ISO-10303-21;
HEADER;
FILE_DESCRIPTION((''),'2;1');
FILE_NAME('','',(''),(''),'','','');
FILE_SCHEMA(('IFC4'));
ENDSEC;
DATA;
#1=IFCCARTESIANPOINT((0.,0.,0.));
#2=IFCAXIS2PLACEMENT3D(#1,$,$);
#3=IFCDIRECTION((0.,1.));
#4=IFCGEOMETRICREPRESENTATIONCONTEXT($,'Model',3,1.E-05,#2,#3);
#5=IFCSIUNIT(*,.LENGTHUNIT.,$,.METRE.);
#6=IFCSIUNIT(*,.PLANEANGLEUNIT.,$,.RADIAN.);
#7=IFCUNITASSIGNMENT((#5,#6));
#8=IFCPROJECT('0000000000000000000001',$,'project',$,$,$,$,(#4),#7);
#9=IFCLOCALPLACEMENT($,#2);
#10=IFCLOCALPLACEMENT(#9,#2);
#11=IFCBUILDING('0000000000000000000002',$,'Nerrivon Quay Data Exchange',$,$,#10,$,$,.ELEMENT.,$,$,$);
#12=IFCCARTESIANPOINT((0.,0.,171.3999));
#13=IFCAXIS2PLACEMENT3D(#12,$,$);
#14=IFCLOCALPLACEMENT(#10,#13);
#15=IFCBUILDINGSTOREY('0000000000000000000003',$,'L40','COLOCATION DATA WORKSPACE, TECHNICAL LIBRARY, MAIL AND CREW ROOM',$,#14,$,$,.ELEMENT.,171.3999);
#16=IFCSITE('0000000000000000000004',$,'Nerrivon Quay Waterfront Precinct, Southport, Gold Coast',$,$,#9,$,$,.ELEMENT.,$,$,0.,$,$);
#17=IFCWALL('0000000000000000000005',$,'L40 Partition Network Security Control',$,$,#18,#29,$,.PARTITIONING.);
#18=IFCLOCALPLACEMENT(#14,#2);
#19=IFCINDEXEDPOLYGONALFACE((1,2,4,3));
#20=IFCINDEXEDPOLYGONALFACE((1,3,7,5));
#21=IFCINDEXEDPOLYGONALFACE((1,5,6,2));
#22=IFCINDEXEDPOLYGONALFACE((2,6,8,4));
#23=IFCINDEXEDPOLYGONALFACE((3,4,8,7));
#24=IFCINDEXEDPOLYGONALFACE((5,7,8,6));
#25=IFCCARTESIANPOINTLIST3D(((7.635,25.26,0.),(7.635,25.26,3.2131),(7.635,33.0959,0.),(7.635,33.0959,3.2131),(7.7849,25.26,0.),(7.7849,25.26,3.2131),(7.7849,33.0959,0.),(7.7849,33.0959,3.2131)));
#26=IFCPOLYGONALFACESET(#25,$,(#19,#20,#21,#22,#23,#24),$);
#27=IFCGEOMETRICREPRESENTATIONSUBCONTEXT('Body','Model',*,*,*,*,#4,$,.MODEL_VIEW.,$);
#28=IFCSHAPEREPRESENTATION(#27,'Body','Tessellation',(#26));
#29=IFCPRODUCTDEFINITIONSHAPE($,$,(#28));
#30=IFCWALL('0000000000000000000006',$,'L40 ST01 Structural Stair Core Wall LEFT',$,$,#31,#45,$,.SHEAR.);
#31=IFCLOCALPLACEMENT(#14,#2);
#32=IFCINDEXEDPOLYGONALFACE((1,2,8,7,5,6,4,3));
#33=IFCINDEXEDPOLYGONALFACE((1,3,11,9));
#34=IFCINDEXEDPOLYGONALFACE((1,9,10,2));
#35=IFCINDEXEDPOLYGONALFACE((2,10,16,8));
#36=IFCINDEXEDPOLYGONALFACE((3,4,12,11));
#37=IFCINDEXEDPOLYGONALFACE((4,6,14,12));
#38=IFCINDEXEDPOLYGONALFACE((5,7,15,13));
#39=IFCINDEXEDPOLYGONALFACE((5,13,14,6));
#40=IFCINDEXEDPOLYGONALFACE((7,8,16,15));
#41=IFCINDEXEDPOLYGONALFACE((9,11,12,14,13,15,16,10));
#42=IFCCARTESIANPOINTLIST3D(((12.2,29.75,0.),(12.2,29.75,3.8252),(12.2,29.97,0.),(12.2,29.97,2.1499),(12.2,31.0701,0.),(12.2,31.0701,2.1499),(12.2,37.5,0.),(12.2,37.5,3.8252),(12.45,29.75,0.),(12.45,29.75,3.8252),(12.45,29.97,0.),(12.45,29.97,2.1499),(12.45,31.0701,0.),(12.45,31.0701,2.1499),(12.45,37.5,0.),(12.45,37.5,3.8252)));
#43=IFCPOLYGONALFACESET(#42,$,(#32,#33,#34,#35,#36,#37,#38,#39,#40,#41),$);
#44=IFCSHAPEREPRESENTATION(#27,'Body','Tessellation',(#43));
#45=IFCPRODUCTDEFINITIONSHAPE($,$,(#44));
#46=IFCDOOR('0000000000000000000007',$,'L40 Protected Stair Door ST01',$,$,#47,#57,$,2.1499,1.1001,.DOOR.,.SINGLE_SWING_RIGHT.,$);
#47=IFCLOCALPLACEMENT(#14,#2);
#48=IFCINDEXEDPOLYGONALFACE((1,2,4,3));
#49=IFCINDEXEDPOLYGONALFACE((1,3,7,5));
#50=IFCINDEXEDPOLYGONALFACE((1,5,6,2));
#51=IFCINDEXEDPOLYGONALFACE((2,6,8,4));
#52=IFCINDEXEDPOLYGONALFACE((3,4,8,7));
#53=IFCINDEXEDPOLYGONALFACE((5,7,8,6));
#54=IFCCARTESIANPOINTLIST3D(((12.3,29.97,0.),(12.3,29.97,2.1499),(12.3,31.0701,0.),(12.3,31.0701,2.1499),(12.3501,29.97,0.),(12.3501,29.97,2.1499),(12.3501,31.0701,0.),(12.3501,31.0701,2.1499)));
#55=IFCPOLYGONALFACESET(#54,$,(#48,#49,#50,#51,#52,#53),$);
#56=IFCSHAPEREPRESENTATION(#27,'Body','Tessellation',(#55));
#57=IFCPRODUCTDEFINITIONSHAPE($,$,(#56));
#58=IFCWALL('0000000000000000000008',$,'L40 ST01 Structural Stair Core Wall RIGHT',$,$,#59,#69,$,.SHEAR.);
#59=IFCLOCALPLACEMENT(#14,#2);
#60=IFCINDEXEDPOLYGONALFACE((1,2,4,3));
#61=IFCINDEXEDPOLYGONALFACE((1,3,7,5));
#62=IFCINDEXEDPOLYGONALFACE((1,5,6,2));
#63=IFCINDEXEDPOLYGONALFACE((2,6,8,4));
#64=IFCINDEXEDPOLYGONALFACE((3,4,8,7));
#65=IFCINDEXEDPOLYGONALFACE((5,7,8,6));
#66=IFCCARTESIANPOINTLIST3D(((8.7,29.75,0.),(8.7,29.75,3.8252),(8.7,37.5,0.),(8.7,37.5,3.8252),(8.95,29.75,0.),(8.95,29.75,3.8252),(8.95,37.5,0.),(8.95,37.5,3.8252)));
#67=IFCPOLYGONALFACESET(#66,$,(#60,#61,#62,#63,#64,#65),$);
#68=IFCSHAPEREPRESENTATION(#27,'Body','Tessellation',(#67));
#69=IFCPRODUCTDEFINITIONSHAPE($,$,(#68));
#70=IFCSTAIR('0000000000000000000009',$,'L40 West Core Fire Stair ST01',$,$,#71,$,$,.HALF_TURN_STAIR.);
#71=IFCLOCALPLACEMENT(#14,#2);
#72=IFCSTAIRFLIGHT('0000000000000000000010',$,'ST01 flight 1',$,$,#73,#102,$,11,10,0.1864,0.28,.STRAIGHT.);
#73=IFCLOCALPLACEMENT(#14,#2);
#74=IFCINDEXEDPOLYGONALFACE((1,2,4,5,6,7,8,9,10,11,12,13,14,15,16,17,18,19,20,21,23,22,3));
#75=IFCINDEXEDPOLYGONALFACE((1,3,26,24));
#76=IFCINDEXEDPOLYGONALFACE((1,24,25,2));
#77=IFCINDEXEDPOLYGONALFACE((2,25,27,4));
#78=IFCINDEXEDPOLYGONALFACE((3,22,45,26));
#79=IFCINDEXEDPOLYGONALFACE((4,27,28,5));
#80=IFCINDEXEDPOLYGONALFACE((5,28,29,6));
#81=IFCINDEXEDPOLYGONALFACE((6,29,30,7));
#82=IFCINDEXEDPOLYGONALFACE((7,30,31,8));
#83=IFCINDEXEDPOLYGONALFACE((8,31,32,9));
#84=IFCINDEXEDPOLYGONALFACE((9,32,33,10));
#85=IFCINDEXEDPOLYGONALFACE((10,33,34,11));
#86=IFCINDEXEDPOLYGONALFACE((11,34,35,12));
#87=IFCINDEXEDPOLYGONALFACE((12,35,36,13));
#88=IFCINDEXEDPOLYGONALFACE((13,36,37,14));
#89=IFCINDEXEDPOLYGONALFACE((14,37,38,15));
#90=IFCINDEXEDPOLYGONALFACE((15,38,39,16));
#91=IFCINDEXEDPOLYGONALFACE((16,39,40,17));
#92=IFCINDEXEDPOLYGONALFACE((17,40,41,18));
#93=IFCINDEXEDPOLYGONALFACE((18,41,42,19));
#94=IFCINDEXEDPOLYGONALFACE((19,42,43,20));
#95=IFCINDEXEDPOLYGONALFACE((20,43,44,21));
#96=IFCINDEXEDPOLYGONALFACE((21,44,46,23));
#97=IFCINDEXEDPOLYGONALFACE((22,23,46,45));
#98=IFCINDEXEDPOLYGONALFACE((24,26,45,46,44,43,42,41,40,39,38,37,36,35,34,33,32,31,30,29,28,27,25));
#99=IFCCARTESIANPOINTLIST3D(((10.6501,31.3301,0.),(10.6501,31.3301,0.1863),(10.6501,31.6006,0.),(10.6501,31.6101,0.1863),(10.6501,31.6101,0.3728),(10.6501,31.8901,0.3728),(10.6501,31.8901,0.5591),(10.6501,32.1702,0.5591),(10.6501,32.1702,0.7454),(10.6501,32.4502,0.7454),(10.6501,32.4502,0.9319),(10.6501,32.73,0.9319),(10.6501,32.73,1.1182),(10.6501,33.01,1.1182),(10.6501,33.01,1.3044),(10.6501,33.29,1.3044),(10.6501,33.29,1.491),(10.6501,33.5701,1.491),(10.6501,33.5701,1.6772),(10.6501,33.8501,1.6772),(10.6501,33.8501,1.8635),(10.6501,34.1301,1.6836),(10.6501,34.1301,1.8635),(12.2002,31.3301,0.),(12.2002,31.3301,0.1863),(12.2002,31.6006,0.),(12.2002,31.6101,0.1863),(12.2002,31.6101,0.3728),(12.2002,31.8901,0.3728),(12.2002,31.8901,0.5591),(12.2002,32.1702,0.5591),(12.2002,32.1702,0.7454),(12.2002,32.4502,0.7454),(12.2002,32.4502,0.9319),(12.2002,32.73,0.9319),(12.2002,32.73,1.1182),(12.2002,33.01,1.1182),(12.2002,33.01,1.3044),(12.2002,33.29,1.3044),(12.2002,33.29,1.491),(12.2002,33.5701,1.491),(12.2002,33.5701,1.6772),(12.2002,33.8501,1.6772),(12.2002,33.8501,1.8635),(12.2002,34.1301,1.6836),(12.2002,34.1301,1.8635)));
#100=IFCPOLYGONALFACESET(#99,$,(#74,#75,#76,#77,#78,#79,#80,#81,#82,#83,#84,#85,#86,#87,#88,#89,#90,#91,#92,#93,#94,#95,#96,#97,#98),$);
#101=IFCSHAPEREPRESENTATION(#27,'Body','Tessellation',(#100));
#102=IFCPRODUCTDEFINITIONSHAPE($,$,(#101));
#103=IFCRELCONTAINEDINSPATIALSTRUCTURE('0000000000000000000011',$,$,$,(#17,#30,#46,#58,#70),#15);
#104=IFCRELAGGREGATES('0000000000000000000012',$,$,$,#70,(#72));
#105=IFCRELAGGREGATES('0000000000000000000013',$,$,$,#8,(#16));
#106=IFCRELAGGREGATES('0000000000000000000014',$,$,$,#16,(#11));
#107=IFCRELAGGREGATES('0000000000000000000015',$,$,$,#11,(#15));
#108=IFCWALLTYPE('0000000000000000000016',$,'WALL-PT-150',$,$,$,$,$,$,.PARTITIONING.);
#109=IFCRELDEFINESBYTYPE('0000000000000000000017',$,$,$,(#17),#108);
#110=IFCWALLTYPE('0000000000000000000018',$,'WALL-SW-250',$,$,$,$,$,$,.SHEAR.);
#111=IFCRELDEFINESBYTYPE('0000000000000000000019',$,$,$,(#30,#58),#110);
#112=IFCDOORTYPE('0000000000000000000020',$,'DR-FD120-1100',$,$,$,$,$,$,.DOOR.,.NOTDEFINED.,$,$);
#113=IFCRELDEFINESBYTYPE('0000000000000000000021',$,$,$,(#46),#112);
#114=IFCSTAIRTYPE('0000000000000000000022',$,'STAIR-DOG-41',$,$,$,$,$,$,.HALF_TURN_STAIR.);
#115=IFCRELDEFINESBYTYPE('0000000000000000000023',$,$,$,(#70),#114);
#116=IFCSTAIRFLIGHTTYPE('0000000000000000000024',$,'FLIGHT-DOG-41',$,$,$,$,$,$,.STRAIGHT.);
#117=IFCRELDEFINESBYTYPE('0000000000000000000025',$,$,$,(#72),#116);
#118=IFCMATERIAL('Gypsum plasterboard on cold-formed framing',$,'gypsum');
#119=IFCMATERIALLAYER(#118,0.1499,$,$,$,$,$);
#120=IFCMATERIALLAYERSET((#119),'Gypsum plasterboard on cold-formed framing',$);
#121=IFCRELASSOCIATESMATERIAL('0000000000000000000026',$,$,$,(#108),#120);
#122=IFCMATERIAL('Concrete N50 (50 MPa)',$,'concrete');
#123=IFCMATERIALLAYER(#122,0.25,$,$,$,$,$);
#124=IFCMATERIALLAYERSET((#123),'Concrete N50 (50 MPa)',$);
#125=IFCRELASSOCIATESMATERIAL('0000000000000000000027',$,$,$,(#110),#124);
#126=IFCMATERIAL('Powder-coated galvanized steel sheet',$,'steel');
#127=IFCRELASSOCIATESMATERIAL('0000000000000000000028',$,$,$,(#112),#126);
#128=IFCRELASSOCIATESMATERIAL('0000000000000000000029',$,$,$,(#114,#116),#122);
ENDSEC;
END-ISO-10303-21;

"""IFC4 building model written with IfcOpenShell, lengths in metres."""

from ifc_helpers import new_model, si_unit, direction, frame, frame_2d, origin, place, context, subcontext, project, spatial, polyline, rectangle, outline, extrude, material, layer, layer_set, type_object, element, fill, aggregate, save


model = new_model("IFC4")

# Units and contexts
model_context = context("Model", 3, precision=1e-05, world=origin(), true_north=direction((0.0, 1.0)))
body_context = subcontext(model_context, "Body", "Model", "MODEL_VIEW")
ifc_project = project(units=[si_unit("LENGTHUNIT", "METRE"), si_unit("PLANEANGLEUNIT", "RADIAN")], contexts=[model_context])

# Site, building, storey
site_placement = place(None, origin())
site = spatial("IfcSite", under=ifc_project, at=site_placement, Name="Nerrivon Quay Waterfront Precinct, Southport, Gold Coast", CompositionType="ELEMENT", RefElevation=0.0)
building_placement = place(site_placement, origin())
building = spatial("IfcBuilding", under=site, at=building_placement, Name="Nerrivon Quay Data Exchange", CompositionType="ELEMENT")
storey_placement = place(building_placement, frame((0.0, 0.0, 171.3999)))
storey = spatial("IfcBuildingStorey", under=building, at=storey_placement, Name="L40", Description="COLOCATION DATA WORKSPACE, TECHNICAL LIBRARY, MAIL AND CREW ROOM", CompositionType="ELEMENT", Elevation=171.3999)

# Shared definitions
ifc_material_1 = material(Name="Gypsum plasterboard on cold-formed framing", Category="gypsum")

# Wall
ifc_layer_1 = layer(ifc_material_1, 0.1499)
ifc_layer_set_1 = layer_set([ifc_layer_1], Name="Gypsum plasterboard on cold-formed framing")
wall_type_1 = type_object("IfcWallType", Name="WALL-PT-150", PredefinedType="PARTITIONING", material=ifc_layer_set_1)
wall_1_placement = place(storey_placement, frame((7.71, 33.0959, 0.0), z_axis=(0.0, 0.0, 1.0), x_axis=(0.0, -1.0, 0.0)))
element("IfcWall", 1, at=wall_1_placement, inside=storey, type_object=wall_type_1, Name="L40 Partition Network Security Control", PredefinedType="PARTITIONING", context=body_context, shape_type="SweptSolid", body=[
    extrude(rectangle(XDim=7.8359, YDim=0.1499, at=frame_2d((3.918, 0.0))), origin(), (0.0, 0.0, 1.0), 3.2131),
])

# Wall, opening, door
ifc_material_2 = material(Name="Concrete N50 (50 MPa)", Category="concrete")
ifc_layer_2 = layer(ifc_material_2, 0.25)
ifc_layer_set_2 = layer_set([ifc_layer_2], Name="Concrete N50 (50 MPa)")
wall_type_2 = type_object("IfcWallType", Name="WALL-SW-250", PredefinedType="SHEAR", material=ifc_layer_set_2)
wall_2_placement = place(storey_placement, frame((12.325, 29.75, 0.0), z_axis=(0.0, 0.0, 1.0), x_axis=(0.0, 1.0, 0.0)))
wall_2 = element("IfcWall", 2, at=wall_2_placement, inside=storey, type_object=wall_type_2, Name="L40 ST01 Structural Stair Core Wall LEFT", PredefinedType="SHEAR", context=body_context, shape_type="SweptSolid", body=[
    extrude(rectangle(XDim=7.75, YDim=0.25, at=frame_2d((3.875, 0.0))), origin(), (0.0, 0.0, 1.0), 3.8252),
])
opening_1_placement = place(wall_2_placement, frame((0.22, 0.0, 0.0)))
opening_1 = element("IfcOpeningElement", 3, at=opening_1_placement, cuts=wall_2, PredefinedType="OPENING", context=body_context, shape_type="SweptSolid", body=[
    extrude(rectangle(XDim=1.1001, YDim=2.1499, at=frame_2d((0.55, 1.075))), frame((0.0, 0.135, 0.0), z_axis=(0.0, -1.0, 0.0), x_axis=(1.0, 0.0, 0.0)), (0.0, 0.0, 1.0), 0.27),
])
ifc_material_3 = material(Name="Powder-coated galvanized steel sheet", Category="steel")
door_type_1 = type_object("IfcDoorType", Name="DR-FD120-1100", OperationType="NOTDEFINED", PredefinedType="DOOR", material=ifc_material_3)
door_1_placement = place(opening_1_placement, origin())
door_1 = element("IfcDoor", 4, at=door_1_placement, inside=storey, type_object=door_type_1, Name="L40 Protected Stair Door ST01", OperationType="SINGLE_SWING_RIGHT", OverallHeight=2.1499, OverallWidth=1.1001, PredefinedType="DOOR", context=body_context, shape_type="SweptSolid", body=[
    extrude(rectangle(XDim=1.1001, YDim=2.1499, at=frame_2d((0.55, 1.075))), frame((0.0, 0.0249, 0.0), z_axis=(0.0, -1.0, 0.0), x_axis=(1.0, 0.0, 0.0)), (0.0, 0.0, 1.0), 0.05),
])
fill(opening_1, door_1)

# Wall
wall_3_placement = place(storey_placement, frame((8.825, 29.75, 0.0), z_axis=(0.0, 0.0, 1.0), x_axis=(0.0, 1.0, 0.0)))
element("IfcWall", 5, at=wall_3_placement, inside=storey, type_object=wall_type_2, Name="L40 ST01 Structural Stair Core Wall RIGHT", PredefinedType="SHEAR", context=body_context, shape_type="SweptSolid", body=[
    extrude(rectangle(XDim=7.75, YDim=0.25, at=frame_2d((3.875, 0.0))), origin(), (0.0, 0.0, 1.0), 3.8252),
])

# Stair, stair flight
stair_type = type_object("IfcStairType", Name="STAIR-DOG-41", PredefinedType="HALF_TURN_STAIR", material=ifc_material_2)
stair_placement = place(storey_placement, origin())
stair = element("IfcStair", 6, at=stair_placement, inside=storey, type_object=stair_type, Name="L40 West Core Fire Stair ST01", PredefinedType="HALF_TURN_STAIR")
stair_flight_type = type_object("IfcStairFlightType", Name="FLIGHT-DOG-41", PredefinedType="STRAIGHT", material=ifc_material_2)
stair_flight_placement = place(storey_placement, frame((11.425, 31.3301, 0.0), z_axis=(0.0, 0.0, 1.0), x_axis=(0.0, 1.0, 0.0)))
stair_flight = element("IfcStairFlight", 7, at=stair_flight_placement, type_object=stair_flight_type, Name="ST01 flight 1", NumberOfRisers=11, NumberOfTreads=10, PredefinedType="STRAIGHT", RiserHeight=0.1864, TreadLength=0.28, context=body_context, shape_type="SweptSolid", body=[
    extrude(outline(polyline([(0.0, 0.0), (0.0, 0.1863), (0.28, 0.1863), (0.28, 0.3728), (0.5601, 0.3728), (0.5601, 0.5591), (0.8401, 0.5591), (0.8401, 0.7454), (1.1201, 0.7454), (1.1201, 0.9319), (1.3999, 0.9319), (1.3999, 1.1182), (1.6799, 1.1182), (1.6799, 1.3044), (1.96, 1.3044), (1.96, 1.491), (2.24, 1.491), (2.24, 1.6772), (2.52, 1.6772), (2.52, 1.8635), (2.8, 1.8635), (2.8, 2.05), (2.8, 1.6836), (0.2705, 0.0), (0.0, 0.0)])), frame((0.0, 0.7749, 0.0), z_axis=(0.0, -1.0, 0.0), x_axis=(1.0, 0.0, 0.0)), (0.0, 0.0, 1.0), 1.55),
])
aggregate(stair, [stair_flight])

save(model, "model.ifc")
